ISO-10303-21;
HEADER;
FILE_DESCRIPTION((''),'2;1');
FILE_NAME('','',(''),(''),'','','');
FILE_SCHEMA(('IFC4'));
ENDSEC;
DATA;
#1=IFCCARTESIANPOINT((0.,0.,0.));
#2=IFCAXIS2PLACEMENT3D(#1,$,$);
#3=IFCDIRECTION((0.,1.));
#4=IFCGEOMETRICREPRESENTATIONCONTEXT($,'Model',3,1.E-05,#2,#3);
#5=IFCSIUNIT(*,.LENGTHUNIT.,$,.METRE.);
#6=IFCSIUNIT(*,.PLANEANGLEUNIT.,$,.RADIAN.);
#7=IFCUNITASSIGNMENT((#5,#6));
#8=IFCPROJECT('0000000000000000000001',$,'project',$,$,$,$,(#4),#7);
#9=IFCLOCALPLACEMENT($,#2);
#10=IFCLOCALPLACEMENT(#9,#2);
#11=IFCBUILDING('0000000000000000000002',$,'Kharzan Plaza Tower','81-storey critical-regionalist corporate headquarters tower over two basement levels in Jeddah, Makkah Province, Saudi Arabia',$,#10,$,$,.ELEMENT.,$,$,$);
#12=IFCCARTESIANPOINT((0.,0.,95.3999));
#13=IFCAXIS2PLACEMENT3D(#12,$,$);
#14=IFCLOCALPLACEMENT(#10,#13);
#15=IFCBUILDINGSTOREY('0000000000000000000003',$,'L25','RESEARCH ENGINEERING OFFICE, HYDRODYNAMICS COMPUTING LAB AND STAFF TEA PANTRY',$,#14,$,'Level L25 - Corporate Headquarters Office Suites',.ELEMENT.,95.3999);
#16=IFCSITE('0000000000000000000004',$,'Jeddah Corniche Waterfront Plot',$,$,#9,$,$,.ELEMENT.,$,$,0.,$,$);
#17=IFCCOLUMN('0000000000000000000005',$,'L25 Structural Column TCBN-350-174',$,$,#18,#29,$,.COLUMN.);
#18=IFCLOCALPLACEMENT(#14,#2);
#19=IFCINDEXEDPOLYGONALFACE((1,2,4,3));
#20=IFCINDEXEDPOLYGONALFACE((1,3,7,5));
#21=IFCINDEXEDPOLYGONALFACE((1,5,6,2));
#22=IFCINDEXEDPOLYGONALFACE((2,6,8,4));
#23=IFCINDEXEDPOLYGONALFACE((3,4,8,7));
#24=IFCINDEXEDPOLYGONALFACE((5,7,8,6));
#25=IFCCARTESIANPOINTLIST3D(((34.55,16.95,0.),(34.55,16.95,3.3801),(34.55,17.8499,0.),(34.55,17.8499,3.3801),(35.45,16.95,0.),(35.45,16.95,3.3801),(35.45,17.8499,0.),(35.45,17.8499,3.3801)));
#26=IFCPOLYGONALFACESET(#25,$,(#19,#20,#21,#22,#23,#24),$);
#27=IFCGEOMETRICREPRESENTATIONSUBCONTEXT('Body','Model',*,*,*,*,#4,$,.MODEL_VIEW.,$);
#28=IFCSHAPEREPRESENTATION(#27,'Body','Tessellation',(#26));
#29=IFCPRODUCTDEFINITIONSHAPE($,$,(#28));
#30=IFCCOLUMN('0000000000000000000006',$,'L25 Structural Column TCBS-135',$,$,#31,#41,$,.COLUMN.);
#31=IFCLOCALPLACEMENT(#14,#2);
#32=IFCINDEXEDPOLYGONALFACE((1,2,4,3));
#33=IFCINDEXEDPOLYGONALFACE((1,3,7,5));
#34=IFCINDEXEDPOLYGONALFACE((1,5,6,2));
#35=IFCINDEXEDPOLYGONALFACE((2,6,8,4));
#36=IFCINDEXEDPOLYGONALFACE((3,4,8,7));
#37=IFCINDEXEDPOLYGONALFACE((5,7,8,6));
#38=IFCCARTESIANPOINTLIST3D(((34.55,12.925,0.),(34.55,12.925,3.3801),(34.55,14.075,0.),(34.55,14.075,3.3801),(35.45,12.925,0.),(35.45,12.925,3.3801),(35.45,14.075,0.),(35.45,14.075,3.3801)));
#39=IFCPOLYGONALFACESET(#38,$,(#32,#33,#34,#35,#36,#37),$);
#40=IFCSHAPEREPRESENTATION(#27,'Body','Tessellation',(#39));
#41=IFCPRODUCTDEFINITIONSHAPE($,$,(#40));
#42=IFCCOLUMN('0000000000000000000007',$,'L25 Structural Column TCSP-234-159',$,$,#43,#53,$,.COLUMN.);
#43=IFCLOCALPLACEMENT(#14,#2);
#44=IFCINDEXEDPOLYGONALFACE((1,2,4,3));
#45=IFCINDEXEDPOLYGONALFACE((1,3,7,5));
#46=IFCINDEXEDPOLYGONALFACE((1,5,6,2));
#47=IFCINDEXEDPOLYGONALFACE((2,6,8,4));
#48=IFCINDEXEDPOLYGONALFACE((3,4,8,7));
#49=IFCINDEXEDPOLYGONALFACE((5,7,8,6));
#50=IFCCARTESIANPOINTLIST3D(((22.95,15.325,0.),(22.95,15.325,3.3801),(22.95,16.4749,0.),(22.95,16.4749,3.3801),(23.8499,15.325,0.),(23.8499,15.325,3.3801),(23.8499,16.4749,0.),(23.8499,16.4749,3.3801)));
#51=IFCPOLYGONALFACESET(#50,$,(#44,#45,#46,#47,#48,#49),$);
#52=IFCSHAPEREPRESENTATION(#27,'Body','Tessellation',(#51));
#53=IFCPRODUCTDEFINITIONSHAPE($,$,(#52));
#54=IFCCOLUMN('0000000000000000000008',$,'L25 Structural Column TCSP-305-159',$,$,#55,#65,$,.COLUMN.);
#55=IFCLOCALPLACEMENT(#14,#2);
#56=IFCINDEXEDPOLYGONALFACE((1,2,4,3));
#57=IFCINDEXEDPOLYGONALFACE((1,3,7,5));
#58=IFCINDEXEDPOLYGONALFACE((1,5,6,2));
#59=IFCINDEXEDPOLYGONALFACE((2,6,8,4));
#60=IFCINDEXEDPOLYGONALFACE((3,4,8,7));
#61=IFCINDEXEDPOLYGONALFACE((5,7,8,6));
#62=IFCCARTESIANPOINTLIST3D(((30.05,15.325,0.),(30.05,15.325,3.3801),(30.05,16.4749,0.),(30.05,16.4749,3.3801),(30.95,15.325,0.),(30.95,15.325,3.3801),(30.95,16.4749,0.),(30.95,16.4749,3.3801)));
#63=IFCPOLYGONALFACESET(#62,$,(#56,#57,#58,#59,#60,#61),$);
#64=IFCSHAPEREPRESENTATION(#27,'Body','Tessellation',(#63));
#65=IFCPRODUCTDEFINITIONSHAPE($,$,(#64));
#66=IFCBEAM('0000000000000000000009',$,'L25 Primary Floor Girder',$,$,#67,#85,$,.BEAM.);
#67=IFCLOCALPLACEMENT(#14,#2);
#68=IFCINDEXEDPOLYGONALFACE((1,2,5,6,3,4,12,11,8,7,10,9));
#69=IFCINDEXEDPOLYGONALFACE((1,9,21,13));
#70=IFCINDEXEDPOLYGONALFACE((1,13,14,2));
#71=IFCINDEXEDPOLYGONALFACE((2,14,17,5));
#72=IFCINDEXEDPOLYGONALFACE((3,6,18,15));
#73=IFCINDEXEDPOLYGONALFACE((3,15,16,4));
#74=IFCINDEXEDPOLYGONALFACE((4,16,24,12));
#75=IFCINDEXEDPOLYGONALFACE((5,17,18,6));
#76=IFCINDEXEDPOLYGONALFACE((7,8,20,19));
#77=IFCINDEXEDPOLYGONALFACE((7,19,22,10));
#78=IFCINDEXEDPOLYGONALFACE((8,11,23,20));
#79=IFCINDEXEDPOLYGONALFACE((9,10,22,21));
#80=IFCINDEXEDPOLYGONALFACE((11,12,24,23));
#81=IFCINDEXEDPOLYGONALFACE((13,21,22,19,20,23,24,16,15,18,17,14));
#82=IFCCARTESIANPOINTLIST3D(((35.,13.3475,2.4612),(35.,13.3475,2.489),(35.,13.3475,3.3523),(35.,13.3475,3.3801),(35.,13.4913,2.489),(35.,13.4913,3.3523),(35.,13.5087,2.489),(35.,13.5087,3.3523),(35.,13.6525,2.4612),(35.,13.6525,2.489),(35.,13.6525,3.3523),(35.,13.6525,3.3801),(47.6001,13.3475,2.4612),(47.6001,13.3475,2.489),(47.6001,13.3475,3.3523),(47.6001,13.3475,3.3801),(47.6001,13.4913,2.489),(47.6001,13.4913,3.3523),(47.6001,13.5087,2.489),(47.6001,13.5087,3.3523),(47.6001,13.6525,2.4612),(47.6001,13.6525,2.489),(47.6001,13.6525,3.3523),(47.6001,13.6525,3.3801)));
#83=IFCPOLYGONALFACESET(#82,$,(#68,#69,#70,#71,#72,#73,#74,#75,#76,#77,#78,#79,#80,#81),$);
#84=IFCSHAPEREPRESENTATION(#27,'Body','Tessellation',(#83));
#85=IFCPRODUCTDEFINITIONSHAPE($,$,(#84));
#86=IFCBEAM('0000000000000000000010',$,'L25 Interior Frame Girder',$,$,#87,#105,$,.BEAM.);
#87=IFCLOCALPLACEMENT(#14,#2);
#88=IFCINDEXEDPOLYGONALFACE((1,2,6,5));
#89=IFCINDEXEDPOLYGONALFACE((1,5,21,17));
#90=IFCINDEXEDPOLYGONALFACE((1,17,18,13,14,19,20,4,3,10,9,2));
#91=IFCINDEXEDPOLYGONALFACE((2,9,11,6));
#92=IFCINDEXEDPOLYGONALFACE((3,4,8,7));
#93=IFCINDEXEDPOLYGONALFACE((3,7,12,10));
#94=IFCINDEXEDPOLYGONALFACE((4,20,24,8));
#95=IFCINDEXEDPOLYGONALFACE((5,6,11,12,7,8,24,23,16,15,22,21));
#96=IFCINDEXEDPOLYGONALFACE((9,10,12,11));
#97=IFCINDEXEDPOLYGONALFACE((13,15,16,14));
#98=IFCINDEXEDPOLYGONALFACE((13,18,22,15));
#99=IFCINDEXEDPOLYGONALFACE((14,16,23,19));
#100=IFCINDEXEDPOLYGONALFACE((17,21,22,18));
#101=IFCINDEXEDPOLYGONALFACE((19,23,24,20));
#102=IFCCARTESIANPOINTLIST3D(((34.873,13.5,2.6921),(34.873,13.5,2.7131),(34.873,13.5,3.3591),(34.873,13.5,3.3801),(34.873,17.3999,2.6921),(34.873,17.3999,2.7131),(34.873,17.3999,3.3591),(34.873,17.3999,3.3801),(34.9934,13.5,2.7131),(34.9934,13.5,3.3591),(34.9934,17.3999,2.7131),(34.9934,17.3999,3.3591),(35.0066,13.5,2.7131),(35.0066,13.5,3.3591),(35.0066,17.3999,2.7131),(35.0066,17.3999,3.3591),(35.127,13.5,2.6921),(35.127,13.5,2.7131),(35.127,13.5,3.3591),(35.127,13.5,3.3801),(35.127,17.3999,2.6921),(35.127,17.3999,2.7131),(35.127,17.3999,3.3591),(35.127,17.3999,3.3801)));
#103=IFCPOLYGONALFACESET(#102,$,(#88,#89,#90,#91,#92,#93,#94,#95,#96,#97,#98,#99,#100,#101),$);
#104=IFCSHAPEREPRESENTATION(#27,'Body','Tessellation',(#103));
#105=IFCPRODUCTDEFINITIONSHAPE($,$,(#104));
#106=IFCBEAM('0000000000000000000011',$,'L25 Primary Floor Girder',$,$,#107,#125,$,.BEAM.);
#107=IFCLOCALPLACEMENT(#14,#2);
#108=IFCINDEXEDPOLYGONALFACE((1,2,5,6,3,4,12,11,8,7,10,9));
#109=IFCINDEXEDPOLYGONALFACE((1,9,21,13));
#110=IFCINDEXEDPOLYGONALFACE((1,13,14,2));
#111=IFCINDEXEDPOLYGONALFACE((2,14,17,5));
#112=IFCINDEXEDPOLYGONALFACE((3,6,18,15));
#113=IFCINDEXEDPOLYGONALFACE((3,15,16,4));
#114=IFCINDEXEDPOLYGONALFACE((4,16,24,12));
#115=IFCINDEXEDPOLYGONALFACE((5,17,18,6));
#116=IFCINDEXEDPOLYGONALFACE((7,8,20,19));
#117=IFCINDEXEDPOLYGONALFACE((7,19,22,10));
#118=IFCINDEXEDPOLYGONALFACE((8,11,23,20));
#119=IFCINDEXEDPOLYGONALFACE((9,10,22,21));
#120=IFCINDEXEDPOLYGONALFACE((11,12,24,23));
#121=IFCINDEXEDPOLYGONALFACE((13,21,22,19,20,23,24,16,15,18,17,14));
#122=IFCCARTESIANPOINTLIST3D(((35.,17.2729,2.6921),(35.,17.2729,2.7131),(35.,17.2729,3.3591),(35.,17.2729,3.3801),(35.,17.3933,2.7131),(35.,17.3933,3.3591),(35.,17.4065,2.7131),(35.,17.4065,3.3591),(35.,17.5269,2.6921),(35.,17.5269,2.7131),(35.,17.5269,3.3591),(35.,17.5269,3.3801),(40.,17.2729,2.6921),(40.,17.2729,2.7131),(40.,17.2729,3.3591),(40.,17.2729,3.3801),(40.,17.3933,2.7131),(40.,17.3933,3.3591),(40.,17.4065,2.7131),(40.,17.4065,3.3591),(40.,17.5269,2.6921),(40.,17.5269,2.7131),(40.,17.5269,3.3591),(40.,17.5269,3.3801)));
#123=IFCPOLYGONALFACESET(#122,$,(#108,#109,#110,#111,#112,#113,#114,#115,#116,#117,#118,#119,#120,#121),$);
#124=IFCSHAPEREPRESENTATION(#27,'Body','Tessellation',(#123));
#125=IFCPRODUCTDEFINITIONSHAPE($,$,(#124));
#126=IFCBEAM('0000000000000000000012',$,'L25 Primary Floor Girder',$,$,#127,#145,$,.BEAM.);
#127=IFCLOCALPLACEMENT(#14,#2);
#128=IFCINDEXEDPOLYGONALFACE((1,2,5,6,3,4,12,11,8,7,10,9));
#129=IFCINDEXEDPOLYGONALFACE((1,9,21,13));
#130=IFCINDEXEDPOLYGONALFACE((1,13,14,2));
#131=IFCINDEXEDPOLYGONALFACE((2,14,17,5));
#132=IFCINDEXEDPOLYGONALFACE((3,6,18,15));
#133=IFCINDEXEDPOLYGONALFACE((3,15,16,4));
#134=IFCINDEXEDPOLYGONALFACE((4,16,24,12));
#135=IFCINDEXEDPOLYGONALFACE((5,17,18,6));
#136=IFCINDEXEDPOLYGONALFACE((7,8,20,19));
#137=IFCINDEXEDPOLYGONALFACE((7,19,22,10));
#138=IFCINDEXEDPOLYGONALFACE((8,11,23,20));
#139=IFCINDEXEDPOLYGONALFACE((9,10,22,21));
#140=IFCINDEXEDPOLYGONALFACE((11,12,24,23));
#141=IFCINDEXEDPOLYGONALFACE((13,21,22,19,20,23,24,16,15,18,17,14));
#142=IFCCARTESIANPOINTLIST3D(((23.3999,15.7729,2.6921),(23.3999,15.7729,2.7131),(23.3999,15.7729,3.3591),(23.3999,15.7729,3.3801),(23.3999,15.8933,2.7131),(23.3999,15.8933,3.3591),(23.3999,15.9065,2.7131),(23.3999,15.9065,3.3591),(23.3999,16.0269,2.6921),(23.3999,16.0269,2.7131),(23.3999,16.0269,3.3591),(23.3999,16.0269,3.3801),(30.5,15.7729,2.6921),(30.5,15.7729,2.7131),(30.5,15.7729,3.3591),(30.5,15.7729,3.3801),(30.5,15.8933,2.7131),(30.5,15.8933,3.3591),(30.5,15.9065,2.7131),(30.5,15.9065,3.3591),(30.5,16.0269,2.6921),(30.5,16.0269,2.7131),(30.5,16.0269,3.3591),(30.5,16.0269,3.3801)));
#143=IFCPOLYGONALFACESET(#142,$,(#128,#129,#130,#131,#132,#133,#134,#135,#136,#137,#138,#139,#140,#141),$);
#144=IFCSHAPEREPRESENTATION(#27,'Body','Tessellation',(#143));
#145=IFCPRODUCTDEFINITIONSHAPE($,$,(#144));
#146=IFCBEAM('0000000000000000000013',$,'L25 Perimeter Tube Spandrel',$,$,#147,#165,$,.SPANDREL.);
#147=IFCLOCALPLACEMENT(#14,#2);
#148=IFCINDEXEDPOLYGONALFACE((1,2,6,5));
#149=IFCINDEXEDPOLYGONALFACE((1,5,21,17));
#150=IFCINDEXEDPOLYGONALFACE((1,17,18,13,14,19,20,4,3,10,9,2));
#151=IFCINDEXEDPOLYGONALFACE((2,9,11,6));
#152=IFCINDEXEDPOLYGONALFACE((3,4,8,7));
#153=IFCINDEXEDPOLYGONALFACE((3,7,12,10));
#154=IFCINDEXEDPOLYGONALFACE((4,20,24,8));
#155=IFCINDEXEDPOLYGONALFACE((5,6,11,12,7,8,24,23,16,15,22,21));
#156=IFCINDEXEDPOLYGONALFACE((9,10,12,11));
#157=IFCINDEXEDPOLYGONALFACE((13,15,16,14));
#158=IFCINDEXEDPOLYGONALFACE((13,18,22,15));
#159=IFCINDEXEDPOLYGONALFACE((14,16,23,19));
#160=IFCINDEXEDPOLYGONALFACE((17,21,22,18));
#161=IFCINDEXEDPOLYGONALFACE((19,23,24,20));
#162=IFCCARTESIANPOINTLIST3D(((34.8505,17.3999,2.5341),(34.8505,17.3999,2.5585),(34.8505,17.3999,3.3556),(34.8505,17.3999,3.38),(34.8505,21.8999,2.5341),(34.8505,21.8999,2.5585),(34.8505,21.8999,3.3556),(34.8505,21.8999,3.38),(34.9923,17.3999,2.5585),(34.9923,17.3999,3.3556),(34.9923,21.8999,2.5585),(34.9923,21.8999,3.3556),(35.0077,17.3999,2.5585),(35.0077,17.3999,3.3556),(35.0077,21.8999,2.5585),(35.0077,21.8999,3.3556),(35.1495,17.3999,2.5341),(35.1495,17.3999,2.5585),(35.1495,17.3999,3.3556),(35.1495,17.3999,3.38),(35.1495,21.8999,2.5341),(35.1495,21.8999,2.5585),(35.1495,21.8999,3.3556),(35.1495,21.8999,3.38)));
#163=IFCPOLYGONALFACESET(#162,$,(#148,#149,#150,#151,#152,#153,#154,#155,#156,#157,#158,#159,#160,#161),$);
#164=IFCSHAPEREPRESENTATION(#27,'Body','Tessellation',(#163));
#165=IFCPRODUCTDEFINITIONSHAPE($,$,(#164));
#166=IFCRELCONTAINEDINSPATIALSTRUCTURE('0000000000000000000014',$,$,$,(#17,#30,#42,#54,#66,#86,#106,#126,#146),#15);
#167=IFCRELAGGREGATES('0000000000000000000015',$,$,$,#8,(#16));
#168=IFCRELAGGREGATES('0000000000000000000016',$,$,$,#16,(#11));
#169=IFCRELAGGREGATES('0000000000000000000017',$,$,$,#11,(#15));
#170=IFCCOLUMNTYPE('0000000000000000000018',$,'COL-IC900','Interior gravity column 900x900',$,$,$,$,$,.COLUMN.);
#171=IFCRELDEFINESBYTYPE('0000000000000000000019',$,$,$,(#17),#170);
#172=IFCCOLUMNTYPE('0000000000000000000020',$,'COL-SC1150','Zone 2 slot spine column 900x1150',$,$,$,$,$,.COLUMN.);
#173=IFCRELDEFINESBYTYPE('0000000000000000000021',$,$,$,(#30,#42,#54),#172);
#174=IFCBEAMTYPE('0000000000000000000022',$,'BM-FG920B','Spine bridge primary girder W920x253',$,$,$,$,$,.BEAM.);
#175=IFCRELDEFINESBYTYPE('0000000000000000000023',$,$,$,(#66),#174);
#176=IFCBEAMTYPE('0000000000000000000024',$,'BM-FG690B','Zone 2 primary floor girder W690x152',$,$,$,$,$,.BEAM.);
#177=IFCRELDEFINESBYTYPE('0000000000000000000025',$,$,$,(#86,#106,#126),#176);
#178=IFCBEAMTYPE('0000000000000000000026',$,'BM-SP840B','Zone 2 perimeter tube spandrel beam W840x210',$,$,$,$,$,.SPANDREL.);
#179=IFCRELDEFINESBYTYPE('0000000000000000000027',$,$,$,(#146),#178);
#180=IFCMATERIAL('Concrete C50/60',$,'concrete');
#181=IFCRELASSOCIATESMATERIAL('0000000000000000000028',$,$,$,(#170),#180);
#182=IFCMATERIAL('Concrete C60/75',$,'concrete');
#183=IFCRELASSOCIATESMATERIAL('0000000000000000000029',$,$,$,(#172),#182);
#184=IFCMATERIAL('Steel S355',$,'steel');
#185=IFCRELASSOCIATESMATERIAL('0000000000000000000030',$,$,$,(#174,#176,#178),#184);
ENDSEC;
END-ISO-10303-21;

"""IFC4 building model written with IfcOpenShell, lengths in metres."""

from ifc_helpers import new_model, si_unit, direction, frame, origin, origin_2d, place, context, subcontext, project, spatial, rectangle, i_section, extrude, source, transform, mapped, material, material_profile, profile_set, type_object, element, save


model = new_model("IFC4")

# Units and contexts
model_context = context("Model", 3, precision=1e-05, world=origin(), true_north=direction((0.0, 1.0)))
body_context = subcontext(model_context, "Body", "Model", "MODEL_VIEW")
ifc_project = project(units=[si_unit("LENGTHUNIT", "METRE"), si_unit("PLANEANGLEUNIT", "RADIAN")], contexts=[model_context])

# Site, building, storey
site_placement = place(None, origin())
site = spatial("IfcSite", under=ifc_project, at=site_placement, Name="Jeddah Corniche Waterfront Plot", CompositionType="ELEMENT", RefElevation=0.0)
building_placement = place(site_placement, origin())
building = spatial("IfcBuilding", under=site, at=building_placement, Name="Kharzan Plaza Tower", Description="81-storey critical-regionalist corporate headquarters tower over two basement levels in Jeddah, Makkah Province, Saudi Arabia", CompositionType="ELEMENT")
storey_placement = place(building_placement, frame((0.0, 0.0, 95.3999)))
storey = spatial("IfcBuildingStorey", under=building, at=storey_placement, Name="L25", Description="RESEARCH ENGINEERING OFFICE, HYDRODYNAMICS COMPUTING LAB AND STAFF TEA PANTRY", LongName="Level L25 - Corporate Headquarters Office Suites", CompositionType="ELEMENT", Elevation=95.3999)

# Columns
ifc_material_1 = material(Name="Concrete C50/60", Category="concrete")
ifc_material_profile_1 = material_profile(ifc_material_1, rectangle(XDim=0.8999, YDim=0.8999, at=origin_2d()), Name="RC-IC900x900")
ifc_profile_set_1 = profile_set([ifc_material_profile_1], Name="Concrete C50/60")
column_type_1 = type_object("IfcColumnType", Name="COL-IC900", Description="Interior gravity column 900x900", PredefinedType="COLUMN", material=ifc_profile_set_1)
shared_shape_1 = source(origin(), body_context, "Body", "SweptSolid", [
    extrude(rectangle(XDim=0.8999, YDim=0.8999, at=origin_2d()), origin(), (0.0, 0.0, 1.0), 3.3801),
])
column_placement = place(storey_placement, frame((35.0, 17.3999, 0.0), z_axis=(0.0, 0.0, 1.0), x_axis=(1.0, 0.0, 0.0)))
element("IfcColumn", 1, at=column_placement, inside=storey, type_object=column_type_1, Name="L25 Structural Column TCBN-350-174", PredefinedType="COLUMN", context=body_context, shape_type="MappedRepresentation", body=[
    mapped(shared_shape_1, transform((0.0, 0.0, 0.0), x_axis=(1.0, 0.0, 0.0), y_axis=(0.0, 1.0, 0.0), z_axis=(0.0, 0.0, 1.0))),
])
ifc_material_2 = material(Name="Concrete C60/75", Category="concrete")
ifc_material_profile_2 = material_profile(ifc_material_2, rectangle(XDim=0.8999, YDim=1.1499, at=origin_2d()), Name="RC-SC1150x900")
ifc_profile_set_2 = profile_set([ifc_material_profile_2], Name="Concrete C60/75")
column_type_2 = type_object("IfcColumnType", Name="COL-SC1150", Description="Zone 2 slot spine column 900x1150", PredefinedType="COLUMN", material=ifc_profile_set_2)
shared_shape_2 = source(origin(), body_context, "Body", "SweptSolid", [
    extrude(rectangle(XDim=0.8999, YDim=1.1499, at=origin_2d()), origin(), (0.0, 0.0, 1.0), 3.3801),
])
for number, where, z_axis, x_axis, name in (
    (2, (35.0, 13.5, 0.0), (0.0, 0.0, 1.0), (1.0, 0.0, 0.0), "L25 Structural Column TCBS-135"),
    (3, (23.3999, 15.8999, 0.0), (0.0, 0.0, 1.0), (1.0, 0.0, 0.0), "L25 Structural Column TCSP-234-159"),
    (4, (30.5, 15.8999, 0.0), (0.0, 0.0, 1.0), (1.0, 0.0, 0.0), "L25 Structural Column TCSP-305-159"),
):
    element("IfcColumn", number, at=place(storey_placement, frame(where, z_axis=z_axis, x_axis=x_axis)), inside=storey, type_object=column_type_2, Name=name, PredefinedType="COLUMN", context=body_context, shape_type="MappedRepresentation", body=[
        mapped(shared_shape_2, transform((0.0, 0.0, 0.0), x_axis=(1.0, 0.0, 0.0), y_axis=(0.0, 1.0, 0.0), z_axis=(0.0, 0.0, 1.0))),
    ])

# Beams
ifc_material_3 = material(Name="Steel S355", Category="steel")
ifc_material_profile_3 = material_profile(ifc_material_3, i_section(OverallWidth=0.3049, OverallDepth=0.9189, WebThickness=0.0173, FlangeThickness=0.0278, at=origin_2d()), Name="W920x253")
ifc_profile_set_3 = profile_set([ifc_material_profile_3], Name="Steel S355")
beam_type_1 = type_object("IfcBeamType", Name="BM-FG920B", Description="Spine bridge primary girder W920x253", PredefinedType="BEAM", material=ifc_profile_set_3)
shared_shape_3 = source(origin(), body_context, "Body", "SweptSolid", [
    extrude(i_section(OverallWidth=0.3049, OverallDepth=0.9189, WebThickness=0.0173, FlangeThickness=0.0278, at=origin_2d()), origin(), (0.0, 0.0, 1.0), 12.6001),
])
beam_1_placement = place(storey_placement, frame((35.0, 13.5, 2.9207), z_axis=(1.0, 0.0, 0.0), x_axis=(0.0, 1.0, 0.0)))
element("IfcBeam", 5, at=beam_1_placement, inside=storey, type_object=beam_type_1, Name="L25 Primary Floor Girder", PredefinedType="BEAM", context=body_context, shape_type="MappedRepresentation", body=[
    mapped(shared_shape_3, transform((0.0, 0.0, 0.0), x_axis=(1.0, 0.0, 0.0), y_axis=(0.0, 1.0, 0.0), z_axis=(0.0, 0.0, 1.0))),
])
ifc_material_profile_4 = material_profile(ifc_material_3, i_section(OverallWidth=0.2539, OverallDepth=0.688, WebThickness=0.0132, FlangeThickness=0.021, at=origin_2d()), Name="W690x152")
ifc_profile_set_4 = profile_set([ifc_material_profile_4], Name="Steel S355")
beam_type_2 = type_object("IfcBeamType", Name="BM-FG690B", Description="Zone 2 primary floor girder W690x152", PredefinedType="BEAM", material=ifc_profile_set_4)
shared_shape_4 = source(origin(), body_context, "Body", "SweptSolid", [
    extrude(i_section(OverallWidth=0.2539, OverallDepth=0.688, WebThickness=0.0132, FlangeThickness=0.021, at=origin_2d()), origin(), (0.0, 0.0, 1.0), 3.8999),
])
beam_2_placement = place(storey_placement, frame((35.0, 13.5, 3.0361), z_axis=(0.0, 1.0, 0.0), x_axis=(-1.0, 0.0, 0.0)))
element("IfcBeam", 6, at=beam_2_placement, inside=storey, type_object=beam_type_2, Name="L25 Interior Frame Girder", PredefinedType="BEAM", context=body_context, shape_type="MappedRepresentation", body=[
    mapped(shared_shape_4, transform((0.0, 0.0, 0.0), x_axis=(1.0, 0.0, 0.0), y_axis=(0.0, 1.0, 0.0), z_axis=(0.0, 0.0, 1.0))),
])
shared_shape_5 = source(origin(), body_context, "Body", "SweptSolid", [
    extrude(i_section(OverallWidth=0.2539, OverallDepth=0.688, WebThickness=0.0132, FlangeThickness=0.021, at=origin_2d()), origin(), (0.0, 0.0, 1.0), 5.0),
])
beam_3_placement = place(storey_placement, frame((35.0, 17.3999, 3.0361), z_axis=(1.0, 0.0, 0.0), x_axis=(0.0, 1.0, 0.0)))
element("IfcBeam", 7, at=beam_3_placement, inside=storey, type_object=beam_type_2, Name="L25 Primary Floor Girder", PredefinedType="BEAM", context=body_context, shape_type="MappedRepresentation", body=[
    mapped(shared_shape_5, transform((0.0, 0.0, 0.0), x_axis=(1.0, 0.0, 0.0), y_axis=(0.0, 1.0, 0.0), z_axis=(0.0, 0.0, 1.0))),
])
shared_shape_6 = source(origin(), body_context, "Body", "SweptSolid", [
    extrude(i_section(OverallWidth=0.2539, OverallDepth=0.688, WebThickness=0.0132, FlangeThickness=0.021, at=origin_2d()), origin(), (0.0, 0.0, 1.0), 7.1001),
])
beam_4_placement = place(storey_placement, frame((23.3999, 15.8999, 3.0361), z_axis=(1.0, 0.0, 0.0), x_axis=(0.0, 1.0, 0.0)))
element("IfcBeam", 8, at=beam_4_placement, inside=storey, type_object=beam_type_2, Name="L25 Primary Floor Girder", PredefinedType="BEAM", context=body_context, shape_type="MappedRepresentation", body=[
    mapped(shared_shape_6, transform((0.0, 0.0, 0.0), x_axis=(1.0, 0.0, 0.0), y_axis=(0.0, 1.0, 0.0), z_axis=(0.0, 0.0, 1.0))),
])
ifc_material_profile_5 = material_profile(ifc_material_3, i_section(OverallWidth=0.2991, OverallDepth=0.8459, WebThickness=0.0154, FlangeThickness=0.0244, at=origin_2d()), Name="W840x210")
ifc_profile_set_5 = profile_set([ifc_material_profile_5], Name="Steel S355")
beam_type_3 = type_object("IfcBeamType", Name="BM-SP840B", Description="Zone 2 perimeter tube spandrel beam W840x210", PredefinedType="SPANDREL", material=ifc_profile_set_5)
shared_shape_7 = source(origin(), body_context, "Body", "SweptSolid", [
    extrude(i_section(OverallWidth=0.2991, OverallDepth=0.8459, WebThickness=0.0154, FlangeThickness=0.0244, at=origin_2d()), origin(), (0.0, 0.0, 1.0), 4.5),
])
beam_5_placement = place(storey_placement, frame((35.0, 17.3999, 2.957), z_axis=(0.0, 1.0, 0.0), x_axis=(-1.0, 0.0, 0.0)))
element("IfcBeam", 9, at=beam_5_placement, inside=storey, type_object=beam_type_3, Name="L25 Perimeter Tube Spandrel", PredefinedType="SPANDREL", context=body_context, shape_type="MappedRepresentation", body=[
    mapped(shared_shape_7, transform((0.0, 0.0, 0.0), x_axis=(1.0, 0.0, 0.0), y_axis=(0.0, 1.0, 0.0), z_axis=(0.0, 0.0, 1.0))),
])

save(model, "model.ifc")
